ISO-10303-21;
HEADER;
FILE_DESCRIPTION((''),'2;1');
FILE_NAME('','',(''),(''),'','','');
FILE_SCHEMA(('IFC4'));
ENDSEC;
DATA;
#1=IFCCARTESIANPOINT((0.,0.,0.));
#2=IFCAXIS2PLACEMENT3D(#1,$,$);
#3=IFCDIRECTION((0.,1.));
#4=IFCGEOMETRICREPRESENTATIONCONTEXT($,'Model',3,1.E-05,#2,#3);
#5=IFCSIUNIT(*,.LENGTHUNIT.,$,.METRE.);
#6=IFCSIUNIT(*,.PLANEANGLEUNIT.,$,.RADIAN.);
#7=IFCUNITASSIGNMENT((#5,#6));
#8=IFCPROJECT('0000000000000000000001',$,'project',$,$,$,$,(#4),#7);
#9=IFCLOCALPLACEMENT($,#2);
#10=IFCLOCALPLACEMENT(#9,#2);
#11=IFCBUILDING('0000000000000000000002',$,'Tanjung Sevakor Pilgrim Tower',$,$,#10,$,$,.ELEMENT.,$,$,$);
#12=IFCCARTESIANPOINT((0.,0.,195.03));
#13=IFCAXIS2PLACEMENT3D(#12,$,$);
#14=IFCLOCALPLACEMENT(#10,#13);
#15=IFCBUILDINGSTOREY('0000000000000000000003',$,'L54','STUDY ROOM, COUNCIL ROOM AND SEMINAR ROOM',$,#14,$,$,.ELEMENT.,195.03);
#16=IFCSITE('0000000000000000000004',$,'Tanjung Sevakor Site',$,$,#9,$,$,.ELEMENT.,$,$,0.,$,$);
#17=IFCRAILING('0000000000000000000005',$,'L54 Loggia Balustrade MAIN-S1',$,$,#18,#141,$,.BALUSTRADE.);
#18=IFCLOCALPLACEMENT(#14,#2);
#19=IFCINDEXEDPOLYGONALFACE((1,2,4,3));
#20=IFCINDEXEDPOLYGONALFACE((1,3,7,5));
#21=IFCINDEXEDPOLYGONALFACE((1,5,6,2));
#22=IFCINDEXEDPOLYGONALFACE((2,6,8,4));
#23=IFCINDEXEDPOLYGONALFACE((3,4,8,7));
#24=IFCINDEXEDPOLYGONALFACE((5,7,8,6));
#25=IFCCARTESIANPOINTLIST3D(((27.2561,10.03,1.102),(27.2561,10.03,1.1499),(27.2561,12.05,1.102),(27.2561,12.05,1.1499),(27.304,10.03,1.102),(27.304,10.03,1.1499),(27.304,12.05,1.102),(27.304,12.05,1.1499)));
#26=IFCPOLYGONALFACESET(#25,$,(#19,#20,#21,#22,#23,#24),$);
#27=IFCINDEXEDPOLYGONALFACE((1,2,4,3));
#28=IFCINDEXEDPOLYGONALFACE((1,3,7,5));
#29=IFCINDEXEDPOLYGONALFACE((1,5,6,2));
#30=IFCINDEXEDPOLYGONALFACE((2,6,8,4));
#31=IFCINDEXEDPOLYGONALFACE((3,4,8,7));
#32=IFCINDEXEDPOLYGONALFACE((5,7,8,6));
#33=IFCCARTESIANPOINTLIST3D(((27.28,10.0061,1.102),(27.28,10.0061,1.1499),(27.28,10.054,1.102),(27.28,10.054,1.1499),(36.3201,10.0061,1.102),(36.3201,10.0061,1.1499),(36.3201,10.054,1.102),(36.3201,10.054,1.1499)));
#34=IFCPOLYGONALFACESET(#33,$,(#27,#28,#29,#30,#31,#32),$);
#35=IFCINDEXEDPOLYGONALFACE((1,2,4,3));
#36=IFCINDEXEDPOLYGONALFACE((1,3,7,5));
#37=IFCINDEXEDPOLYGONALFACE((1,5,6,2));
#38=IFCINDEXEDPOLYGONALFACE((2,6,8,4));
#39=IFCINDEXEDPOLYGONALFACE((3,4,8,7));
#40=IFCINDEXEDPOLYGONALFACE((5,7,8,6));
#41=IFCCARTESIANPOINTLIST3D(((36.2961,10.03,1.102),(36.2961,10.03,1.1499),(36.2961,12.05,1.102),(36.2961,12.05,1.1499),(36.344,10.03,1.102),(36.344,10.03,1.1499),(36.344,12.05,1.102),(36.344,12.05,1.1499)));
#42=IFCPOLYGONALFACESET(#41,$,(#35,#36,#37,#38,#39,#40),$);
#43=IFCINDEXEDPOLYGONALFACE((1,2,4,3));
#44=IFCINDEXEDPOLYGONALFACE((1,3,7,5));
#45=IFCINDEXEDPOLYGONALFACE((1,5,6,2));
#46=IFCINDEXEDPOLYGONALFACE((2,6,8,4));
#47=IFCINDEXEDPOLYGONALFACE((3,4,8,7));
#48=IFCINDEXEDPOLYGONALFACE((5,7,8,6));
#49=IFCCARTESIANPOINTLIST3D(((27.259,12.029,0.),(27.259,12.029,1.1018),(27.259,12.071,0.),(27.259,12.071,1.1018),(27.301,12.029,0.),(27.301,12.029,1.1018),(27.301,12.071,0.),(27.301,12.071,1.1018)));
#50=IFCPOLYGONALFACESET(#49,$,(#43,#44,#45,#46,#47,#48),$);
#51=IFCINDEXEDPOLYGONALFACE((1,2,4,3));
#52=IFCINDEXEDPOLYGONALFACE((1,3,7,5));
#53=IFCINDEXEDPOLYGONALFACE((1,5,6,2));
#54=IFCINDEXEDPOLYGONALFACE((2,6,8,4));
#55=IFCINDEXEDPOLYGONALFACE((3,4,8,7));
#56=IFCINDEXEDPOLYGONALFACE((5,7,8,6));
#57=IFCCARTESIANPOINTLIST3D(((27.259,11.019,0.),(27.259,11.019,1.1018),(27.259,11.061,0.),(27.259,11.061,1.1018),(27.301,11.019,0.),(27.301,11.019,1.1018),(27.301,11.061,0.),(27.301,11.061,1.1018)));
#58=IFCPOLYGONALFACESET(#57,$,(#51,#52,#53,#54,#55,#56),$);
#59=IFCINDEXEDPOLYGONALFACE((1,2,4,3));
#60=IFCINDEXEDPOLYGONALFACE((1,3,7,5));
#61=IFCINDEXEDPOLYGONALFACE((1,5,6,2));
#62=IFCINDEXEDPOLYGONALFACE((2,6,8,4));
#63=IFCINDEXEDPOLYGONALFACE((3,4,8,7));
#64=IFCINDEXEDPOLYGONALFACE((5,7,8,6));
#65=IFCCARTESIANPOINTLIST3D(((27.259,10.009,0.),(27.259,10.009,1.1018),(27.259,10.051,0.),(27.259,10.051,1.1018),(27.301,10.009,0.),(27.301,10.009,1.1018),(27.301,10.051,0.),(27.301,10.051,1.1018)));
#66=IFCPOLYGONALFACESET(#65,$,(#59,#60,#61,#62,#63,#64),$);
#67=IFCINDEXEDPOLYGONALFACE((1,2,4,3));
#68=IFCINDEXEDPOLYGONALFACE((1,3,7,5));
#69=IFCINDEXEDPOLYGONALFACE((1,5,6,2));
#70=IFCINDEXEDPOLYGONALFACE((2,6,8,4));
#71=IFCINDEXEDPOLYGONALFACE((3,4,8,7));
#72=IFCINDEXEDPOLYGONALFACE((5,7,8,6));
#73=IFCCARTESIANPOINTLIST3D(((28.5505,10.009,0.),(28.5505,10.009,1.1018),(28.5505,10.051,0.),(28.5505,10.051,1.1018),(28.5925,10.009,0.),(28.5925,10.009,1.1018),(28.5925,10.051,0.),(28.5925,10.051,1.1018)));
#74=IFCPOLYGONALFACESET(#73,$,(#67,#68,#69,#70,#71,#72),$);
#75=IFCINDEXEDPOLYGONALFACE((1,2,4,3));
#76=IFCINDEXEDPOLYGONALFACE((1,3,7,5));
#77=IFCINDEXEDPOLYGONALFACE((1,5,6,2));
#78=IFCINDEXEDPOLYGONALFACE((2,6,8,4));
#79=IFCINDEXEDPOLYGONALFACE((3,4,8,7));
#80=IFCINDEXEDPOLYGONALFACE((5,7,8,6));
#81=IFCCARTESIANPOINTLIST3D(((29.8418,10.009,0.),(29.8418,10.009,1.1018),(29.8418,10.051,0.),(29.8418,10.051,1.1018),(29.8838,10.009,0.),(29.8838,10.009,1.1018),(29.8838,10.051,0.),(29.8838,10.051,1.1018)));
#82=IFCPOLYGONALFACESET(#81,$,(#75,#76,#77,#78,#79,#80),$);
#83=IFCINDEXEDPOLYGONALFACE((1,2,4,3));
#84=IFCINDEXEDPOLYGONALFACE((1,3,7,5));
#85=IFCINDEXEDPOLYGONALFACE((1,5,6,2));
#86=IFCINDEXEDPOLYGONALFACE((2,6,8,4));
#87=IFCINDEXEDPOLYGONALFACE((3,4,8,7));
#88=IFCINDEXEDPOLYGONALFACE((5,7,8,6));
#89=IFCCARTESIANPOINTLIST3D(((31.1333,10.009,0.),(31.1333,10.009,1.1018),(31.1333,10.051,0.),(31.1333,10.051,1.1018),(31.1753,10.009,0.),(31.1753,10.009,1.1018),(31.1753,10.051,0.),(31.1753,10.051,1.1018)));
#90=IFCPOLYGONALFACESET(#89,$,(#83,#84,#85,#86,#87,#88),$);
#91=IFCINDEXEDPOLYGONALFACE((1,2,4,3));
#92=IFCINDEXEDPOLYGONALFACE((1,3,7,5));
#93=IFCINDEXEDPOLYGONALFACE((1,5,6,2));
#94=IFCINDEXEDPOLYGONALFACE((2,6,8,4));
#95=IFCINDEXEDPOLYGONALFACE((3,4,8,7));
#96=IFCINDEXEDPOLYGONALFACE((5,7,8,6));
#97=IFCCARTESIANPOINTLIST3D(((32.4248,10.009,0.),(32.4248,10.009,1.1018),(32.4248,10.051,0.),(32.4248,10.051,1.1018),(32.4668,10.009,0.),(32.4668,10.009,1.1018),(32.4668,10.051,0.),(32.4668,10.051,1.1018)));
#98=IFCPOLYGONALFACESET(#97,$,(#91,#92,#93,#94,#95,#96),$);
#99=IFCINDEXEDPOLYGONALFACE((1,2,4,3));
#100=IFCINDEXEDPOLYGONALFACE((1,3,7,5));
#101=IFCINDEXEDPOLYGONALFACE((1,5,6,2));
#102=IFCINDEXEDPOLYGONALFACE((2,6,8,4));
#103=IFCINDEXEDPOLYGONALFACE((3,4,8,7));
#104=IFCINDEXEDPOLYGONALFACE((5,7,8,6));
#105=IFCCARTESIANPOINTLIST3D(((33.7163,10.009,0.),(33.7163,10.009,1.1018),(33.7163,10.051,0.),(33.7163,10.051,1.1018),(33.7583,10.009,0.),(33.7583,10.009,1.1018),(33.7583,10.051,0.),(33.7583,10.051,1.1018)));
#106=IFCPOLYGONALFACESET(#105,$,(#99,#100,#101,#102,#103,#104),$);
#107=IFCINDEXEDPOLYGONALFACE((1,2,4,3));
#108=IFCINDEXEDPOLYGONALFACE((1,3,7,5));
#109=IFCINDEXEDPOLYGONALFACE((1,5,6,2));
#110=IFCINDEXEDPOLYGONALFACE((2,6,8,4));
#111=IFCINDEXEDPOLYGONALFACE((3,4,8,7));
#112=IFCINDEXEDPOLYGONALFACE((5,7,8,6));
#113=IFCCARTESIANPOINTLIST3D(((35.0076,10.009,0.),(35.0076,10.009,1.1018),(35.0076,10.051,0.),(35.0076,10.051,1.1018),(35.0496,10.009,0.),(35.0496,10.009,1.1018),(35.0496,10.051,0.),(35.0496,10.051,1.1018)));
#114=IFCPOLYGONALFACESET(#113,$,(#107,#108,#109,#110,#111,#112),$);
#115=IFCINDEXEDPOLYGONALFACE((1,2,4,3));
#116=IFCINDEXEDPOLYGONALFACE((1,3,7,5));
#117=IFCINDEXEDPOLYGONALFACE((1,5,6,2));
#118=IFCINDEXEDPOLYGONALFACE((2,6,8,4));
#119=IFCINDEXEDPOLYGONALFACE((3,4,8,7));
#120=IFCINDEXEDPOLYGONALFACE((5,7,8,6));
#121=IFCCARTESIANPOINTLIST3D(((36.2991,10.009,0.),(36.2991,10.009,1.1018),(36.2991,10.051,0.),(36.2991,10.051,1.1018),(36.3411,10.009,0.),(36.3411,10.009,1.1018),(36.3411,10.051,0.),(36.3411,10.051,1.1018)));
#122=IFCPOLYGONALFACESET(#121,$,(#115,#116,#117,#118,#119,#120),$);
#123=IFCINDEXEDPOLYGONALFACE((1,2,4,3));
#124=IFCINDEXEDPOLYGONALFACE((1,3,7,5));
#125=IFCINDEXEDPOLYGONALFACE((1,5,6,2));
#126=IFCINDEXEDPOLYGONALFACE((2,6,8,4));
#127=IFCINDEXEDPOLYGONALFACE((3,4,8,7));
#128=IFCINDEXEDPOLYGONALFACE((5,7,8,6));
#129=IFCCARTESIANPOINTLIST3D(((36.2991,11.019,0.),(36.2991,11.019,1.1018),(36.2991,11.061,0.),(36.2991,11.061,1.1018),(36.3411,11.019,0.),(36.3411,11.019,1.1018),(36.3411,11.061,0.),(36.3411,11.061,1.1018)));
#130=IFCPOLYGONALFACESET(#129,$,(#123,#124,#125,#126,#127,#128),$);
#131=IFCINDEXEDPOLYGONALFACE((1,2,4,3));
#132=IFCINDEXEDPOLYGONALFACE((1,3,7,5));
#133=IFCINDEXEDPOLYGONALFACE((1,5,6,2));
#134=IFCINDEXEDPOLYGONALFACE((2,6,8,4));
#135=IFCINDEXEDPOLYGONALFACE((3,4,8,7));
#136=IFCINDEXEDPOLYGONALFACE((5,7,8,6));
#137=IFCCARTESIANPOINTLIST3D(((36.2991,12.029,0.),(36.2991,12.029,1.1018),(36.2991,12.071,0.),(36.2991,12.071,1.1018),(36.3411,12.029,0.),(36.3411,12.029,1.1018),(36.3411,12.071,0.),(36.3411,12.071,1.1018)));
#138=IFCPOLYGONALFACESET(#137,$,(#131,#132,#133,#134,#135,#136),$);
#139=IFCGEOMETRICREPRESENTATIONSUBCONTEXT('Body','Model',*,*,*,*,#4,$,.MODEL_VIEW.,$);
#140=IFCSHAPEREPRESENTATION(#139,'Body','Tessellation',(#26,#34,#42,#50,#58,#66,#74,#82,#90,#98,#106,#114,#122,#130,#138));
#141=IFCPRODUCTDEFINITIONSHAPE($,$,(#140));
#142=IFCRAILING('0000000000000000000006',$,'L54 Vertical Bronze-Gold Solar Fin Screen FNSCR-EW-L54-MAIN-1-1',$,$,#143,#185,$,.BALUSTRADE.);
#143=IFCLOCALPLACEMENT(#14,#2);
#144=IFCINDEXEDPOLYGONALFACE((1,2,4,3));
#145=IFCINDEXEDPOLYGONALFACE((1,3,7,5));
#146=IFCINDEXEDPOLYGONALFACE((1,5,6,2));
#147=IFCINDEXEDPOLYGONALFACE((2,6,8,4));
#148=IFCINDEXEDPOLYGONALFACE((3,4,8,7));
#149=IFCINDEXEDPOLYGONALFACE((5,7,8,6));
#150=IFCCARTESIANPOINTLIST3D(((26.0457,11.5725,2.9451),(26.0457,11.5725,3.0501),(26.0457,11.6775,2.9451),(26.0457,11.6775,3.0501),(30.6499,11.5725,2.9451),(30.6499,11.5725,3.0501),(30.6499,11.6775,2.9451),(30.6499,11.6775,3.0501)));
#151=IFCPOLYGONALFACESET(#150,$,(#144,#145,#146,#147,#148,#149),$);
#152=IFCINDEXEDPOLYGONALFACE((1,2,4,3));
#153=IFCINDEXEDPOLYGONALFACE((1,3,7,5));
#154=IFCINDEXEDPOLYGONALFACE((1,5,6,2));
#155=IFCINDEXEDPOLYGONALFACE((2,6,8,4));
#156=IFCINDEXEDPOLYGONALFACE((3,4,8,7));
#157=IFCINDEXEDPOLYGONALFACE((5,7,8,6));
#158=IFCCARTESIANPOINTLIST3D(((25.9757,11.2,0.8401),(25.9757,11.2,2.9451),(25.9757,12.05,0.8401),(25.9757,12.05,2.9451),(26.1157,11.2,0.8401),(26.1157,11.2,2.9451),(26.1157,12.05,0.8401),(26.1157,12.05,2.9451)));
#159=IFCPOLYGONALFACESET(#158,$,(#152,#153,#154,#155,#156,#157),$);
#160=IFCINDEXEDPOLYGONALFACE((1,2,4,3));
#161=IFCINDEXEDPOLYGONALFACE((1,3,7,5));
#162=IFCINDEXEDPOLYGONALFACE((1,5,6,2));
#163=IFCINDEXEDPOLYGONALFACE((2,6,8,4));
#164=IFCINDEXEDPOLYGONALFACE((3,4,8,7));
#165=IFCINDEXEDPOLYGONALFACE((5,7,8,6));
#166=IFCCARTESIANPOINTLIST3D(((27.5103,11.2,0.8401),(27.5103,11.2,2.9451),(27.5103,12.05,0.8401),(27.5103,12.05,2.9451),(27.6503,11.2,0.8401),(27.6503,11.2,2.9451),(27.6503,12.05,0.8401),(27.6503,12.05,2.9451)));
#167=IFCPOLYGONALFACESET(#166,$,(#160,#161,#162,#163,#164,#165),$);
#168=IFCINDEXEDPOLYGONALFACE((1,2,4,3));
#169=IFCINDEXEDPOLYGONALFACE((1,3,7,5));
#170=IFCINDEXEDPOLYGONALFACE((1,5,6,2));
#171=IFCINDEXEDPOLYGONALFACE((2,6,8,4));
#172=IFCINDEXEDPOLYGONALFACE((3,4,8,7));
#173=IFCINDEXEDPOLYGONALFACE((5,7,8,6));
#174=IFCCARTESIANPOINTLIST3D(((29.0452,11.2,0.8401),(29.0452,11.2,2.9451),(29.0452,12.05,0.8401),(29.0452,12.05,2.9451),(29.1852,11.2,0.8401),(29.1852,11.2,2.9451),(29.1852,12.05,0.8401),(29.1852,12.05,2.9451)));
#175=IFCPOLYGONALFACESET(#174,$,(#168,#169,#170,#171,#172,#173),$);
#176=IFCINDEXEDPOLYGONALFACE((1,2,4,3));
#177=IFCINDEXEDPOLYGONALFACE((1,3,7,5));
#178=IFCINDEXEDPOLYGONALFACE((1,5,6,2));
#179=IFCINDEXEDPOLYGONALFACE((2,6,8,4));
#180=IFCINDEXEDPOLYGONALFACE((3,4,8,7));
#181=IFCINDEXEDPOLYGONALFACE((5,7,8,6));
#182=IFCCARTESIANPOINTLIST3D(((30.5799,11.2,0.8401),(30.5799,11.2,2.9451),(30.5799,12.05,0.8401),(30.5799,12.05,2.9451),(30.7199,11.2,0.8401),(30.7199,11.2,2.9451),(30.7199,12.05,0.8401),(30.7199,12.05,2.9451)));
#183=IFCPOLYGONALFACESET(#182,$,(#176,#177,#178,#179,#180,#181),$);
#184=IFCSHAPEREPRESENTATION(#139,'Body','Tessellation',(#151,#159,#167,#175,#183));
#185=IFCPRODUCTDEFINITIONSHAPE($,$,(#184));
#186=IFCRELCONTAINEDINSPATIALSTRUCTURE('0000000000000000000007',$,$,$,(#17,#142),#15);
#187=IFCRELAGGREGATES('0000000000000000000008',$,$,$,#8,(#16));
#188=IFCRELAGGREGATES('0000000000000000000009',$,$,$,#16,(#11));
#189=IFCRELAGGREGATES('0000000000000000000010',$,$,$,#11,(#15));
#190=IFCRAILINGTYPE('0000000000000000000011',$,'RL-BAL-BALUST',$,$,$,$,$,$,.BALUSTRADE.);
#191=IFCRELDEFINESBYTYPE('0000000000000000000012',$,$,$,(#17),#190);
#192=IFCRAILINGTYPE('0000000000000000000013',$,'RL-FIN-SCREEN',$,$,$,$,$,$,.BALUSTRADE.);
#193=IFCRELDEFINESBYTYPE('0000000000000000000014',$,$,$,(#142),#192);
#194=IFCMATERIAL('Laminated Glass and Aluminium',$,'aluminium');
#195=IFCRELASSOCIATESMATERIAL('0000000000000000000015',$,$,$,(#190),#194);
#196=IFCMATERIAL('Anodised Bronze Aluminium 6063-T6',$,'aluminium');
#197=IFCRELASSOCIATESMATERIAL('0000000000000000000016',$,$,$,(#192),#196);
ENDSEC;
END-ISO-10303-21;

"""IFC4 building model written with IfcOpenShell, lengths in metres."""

from ifc_helpers import new_model, si_unit, direction, frame, origin, place, context, subcontext, project, spatial, rectangle, extrude, material, type_object, element, save


model = new_model("IFC4")

# Units and contexts
model_context = context("Model", 3, precision=1e-05, world=origin(), true_north=direction((0.0, 1.0)))
body_context = subcontext(model_context, "Body", "Model", "MODEL_VIEW")
ifc_project = project(units=[si_unit("LENGTHUNIT", "METRE"), si_unit("PLANEANGLEUNIT", "RADIAN")], contexts=[model_context])

# Site, building, storey
site_placement = place(None, origin())
site = spatial("IfcSite", under=ifc_project, at=site_placement, Name="Tanjung Sevakor Site", CompositionType="ELEMENT", RefElevation=0.0)
building_placement = place(site_placement, origin())
building = spatial("IfcBuilding", under=site, at=building_placement, Name="Tanjung Sevakor Pilgrim Tower", CompositionType="ELEMENT")
storey_placement = place(building_placement, frame((0.0, 0.0, 195.03)))
storey = spatial("IfcBuildingStorey", under=building, at=storey_placement, Name="L54", Description="STUDY ROOM, COUNCIL ROOM AND SEMINAR ROOM", CompositionType="ELEMENT", Elevation=195.03)

# Railings
ifc_material_1 = material(Name="Laminated Glass and Aluminium", Category="aluminium")
railing_type_1 = type_object("IfcRailingType", Name="RL-BAL-BALUST", PredefinedType="BALUSTRADE", material=ifc_material_1)
railing_1_placement = place(storey_placement, frame((27.28, 12.05, 0.0)))
element("IfcRailing", 1, at=railing_1_placement, inside=storey, type_object=railing_type_1, Name="L54 Loggia Balustrade MAIN-S1", PredefinedType="BALUSTRADE", context=body_context, shape_type="SweptSolid", body=[
    extrude(rectangle(XDim=0.0479, YDim=0.0479), frame((0.0, 0.0, 1.126), z_axis=(0.0, -1.0, 0.0), x_axis=(1.0, 0.0, 0.0)), (0.0, 0.0, 1.0), 2.02),
    extrude(rectangle(XDim=0.0479, YDim=0.0479), frame((0.0, -2.02, 1.126), z_axis=(1.0, 0.0, 0.0), x_axis=(0.0, 1.0, 0.0)), (0.0, 0.0, 1.0), 9.04),
    extrude(rectangle(XDim=0.0479, YDim=0.0479), frame((9.04, -2.02, 1.126), z_axis=(0.0, 1.0, 0.0), x_axis=(-1.0, 0.0, 0.0)), (0.0, 0.0, 1.0), 2.02),
    extrude(rectangle(XDim=0.042, YDim=0.042), origin(), (0.0, 0.0, 1.0), 1.1018),
    extrude(rectangle(XDim=0.042, YDim=0.042), frame((0.0, -1.01, 0.0)), (0.0, 0.0, 1.0), 1.1018),
    extrude(rectangle(XDim=0.042, YDim=0.042), frame((0.0, -2.02, 0.0)), (0.0, 0.0, 1.0), 1.1018),
    extrude(rectangle(XDim=0.042, YDim=0.042), frame((1.2915, -2.02, 0.0)), (0.0, 0.0, 1.0), 1.1018),
    extrude(rectangle(XDim=0.042, YDim=0.042), frame((2.5828, -2.02, 0.0)), (0.0, 0.0, 1.0), 1.1018),
    extrude(rectangle(XDim=0.042, YDim=0.042), frame((3.8743, -2.02, 0.0)), (0.0, 0.0, 1.0), 1.1018),
    extrude(rectangle(XDim=0.042, YDim=0.042), frame((5.1658, -2.02, 0.0)), (0.0, 0.0, 1.0), 1.1018),
    extrude(rectangle(XDim=0.042, YDim=0.042), frame((6.4573, -2.02, 0.0)), (0.0, 0.0, 1.0), 1.1018),
    extrude(rectangle(XDim=0.042, YDim=0.042), frame((7.7485, -2.02, 0.0)), (0.0, 0.0, 1.0), 1.1018),
    extrude(rectangle(XDim=0.042, YDim=0.042), frame((9.04, -2.02, 0.0)), (0.0, 0.0, 1.0), 1.1018),
    extrude(rectangle(XDim=0.042, YDim=0.042), frame((9.04, -1.01, 0.0)), (0.0, 0.0, 1.0), 1.1018),
    extrude(rectangle(XDim=0.042, YDim=0.042), frame((9.04, 0.0, 0.0)), (0.0, 0.0, 1.0), 1.1018),
])
ifc_material_2 = material(Name="Anodised Bronze Aluminium 6063-T6", Category="aluminium")
railing_type_2 = type_object("IfcRailingType", Name="RL-FIN-SCREEN", PredefinedType="BALUSTRADE", material=ifc_material_2)
railing_2_placement = place(storey_placement, frame((26.0457, 11.625, 0.8401)))
element("IfcRailing", 2, at=railing_2_placement, inside=storey, type_object=railing_type_2, Name="L54 Vertical Bronze-Gold Solar Fin Screen FNSCR-EW-L54-MAIN-1-1", PredefinedType="BALUSTRADE", context=body_context, shape_type="SweptSolid", body=[
    extrude(rectangle(XDim=0.105, YDim=0.105), frame((0.0, 0.0, 2.1575), z_axis=(1.0, 0.0, 0.0), x_axis=(0.0, 1.0, 0.0)), (0.0, 0.0, 1.0), 4.6042),
    extrude(rectangle(XDim=0.14, YDim=0.85), origin(), (0.0, 0.0, 1.0), 2.105),
    extrude(rectangle(XDim=0.14, YDim=0.85), frame((1.5347, 0.0, 0.0)), (0.0, 0.0, 1.0), 2.105),
    extrude(rectangle(XDim=0.14, YDim=0.85), frame((3.0696, 0.0, 0.0)), (0.0, 0.0, 1.0), 2.105),
    extrude(rectangle(XDim=0.14, YDim=0.85), frame((4.6042, 0.0, 0.0)), (0.0, 0.0, 1.0), 2.105),
])

save(model, "model.ifc")
